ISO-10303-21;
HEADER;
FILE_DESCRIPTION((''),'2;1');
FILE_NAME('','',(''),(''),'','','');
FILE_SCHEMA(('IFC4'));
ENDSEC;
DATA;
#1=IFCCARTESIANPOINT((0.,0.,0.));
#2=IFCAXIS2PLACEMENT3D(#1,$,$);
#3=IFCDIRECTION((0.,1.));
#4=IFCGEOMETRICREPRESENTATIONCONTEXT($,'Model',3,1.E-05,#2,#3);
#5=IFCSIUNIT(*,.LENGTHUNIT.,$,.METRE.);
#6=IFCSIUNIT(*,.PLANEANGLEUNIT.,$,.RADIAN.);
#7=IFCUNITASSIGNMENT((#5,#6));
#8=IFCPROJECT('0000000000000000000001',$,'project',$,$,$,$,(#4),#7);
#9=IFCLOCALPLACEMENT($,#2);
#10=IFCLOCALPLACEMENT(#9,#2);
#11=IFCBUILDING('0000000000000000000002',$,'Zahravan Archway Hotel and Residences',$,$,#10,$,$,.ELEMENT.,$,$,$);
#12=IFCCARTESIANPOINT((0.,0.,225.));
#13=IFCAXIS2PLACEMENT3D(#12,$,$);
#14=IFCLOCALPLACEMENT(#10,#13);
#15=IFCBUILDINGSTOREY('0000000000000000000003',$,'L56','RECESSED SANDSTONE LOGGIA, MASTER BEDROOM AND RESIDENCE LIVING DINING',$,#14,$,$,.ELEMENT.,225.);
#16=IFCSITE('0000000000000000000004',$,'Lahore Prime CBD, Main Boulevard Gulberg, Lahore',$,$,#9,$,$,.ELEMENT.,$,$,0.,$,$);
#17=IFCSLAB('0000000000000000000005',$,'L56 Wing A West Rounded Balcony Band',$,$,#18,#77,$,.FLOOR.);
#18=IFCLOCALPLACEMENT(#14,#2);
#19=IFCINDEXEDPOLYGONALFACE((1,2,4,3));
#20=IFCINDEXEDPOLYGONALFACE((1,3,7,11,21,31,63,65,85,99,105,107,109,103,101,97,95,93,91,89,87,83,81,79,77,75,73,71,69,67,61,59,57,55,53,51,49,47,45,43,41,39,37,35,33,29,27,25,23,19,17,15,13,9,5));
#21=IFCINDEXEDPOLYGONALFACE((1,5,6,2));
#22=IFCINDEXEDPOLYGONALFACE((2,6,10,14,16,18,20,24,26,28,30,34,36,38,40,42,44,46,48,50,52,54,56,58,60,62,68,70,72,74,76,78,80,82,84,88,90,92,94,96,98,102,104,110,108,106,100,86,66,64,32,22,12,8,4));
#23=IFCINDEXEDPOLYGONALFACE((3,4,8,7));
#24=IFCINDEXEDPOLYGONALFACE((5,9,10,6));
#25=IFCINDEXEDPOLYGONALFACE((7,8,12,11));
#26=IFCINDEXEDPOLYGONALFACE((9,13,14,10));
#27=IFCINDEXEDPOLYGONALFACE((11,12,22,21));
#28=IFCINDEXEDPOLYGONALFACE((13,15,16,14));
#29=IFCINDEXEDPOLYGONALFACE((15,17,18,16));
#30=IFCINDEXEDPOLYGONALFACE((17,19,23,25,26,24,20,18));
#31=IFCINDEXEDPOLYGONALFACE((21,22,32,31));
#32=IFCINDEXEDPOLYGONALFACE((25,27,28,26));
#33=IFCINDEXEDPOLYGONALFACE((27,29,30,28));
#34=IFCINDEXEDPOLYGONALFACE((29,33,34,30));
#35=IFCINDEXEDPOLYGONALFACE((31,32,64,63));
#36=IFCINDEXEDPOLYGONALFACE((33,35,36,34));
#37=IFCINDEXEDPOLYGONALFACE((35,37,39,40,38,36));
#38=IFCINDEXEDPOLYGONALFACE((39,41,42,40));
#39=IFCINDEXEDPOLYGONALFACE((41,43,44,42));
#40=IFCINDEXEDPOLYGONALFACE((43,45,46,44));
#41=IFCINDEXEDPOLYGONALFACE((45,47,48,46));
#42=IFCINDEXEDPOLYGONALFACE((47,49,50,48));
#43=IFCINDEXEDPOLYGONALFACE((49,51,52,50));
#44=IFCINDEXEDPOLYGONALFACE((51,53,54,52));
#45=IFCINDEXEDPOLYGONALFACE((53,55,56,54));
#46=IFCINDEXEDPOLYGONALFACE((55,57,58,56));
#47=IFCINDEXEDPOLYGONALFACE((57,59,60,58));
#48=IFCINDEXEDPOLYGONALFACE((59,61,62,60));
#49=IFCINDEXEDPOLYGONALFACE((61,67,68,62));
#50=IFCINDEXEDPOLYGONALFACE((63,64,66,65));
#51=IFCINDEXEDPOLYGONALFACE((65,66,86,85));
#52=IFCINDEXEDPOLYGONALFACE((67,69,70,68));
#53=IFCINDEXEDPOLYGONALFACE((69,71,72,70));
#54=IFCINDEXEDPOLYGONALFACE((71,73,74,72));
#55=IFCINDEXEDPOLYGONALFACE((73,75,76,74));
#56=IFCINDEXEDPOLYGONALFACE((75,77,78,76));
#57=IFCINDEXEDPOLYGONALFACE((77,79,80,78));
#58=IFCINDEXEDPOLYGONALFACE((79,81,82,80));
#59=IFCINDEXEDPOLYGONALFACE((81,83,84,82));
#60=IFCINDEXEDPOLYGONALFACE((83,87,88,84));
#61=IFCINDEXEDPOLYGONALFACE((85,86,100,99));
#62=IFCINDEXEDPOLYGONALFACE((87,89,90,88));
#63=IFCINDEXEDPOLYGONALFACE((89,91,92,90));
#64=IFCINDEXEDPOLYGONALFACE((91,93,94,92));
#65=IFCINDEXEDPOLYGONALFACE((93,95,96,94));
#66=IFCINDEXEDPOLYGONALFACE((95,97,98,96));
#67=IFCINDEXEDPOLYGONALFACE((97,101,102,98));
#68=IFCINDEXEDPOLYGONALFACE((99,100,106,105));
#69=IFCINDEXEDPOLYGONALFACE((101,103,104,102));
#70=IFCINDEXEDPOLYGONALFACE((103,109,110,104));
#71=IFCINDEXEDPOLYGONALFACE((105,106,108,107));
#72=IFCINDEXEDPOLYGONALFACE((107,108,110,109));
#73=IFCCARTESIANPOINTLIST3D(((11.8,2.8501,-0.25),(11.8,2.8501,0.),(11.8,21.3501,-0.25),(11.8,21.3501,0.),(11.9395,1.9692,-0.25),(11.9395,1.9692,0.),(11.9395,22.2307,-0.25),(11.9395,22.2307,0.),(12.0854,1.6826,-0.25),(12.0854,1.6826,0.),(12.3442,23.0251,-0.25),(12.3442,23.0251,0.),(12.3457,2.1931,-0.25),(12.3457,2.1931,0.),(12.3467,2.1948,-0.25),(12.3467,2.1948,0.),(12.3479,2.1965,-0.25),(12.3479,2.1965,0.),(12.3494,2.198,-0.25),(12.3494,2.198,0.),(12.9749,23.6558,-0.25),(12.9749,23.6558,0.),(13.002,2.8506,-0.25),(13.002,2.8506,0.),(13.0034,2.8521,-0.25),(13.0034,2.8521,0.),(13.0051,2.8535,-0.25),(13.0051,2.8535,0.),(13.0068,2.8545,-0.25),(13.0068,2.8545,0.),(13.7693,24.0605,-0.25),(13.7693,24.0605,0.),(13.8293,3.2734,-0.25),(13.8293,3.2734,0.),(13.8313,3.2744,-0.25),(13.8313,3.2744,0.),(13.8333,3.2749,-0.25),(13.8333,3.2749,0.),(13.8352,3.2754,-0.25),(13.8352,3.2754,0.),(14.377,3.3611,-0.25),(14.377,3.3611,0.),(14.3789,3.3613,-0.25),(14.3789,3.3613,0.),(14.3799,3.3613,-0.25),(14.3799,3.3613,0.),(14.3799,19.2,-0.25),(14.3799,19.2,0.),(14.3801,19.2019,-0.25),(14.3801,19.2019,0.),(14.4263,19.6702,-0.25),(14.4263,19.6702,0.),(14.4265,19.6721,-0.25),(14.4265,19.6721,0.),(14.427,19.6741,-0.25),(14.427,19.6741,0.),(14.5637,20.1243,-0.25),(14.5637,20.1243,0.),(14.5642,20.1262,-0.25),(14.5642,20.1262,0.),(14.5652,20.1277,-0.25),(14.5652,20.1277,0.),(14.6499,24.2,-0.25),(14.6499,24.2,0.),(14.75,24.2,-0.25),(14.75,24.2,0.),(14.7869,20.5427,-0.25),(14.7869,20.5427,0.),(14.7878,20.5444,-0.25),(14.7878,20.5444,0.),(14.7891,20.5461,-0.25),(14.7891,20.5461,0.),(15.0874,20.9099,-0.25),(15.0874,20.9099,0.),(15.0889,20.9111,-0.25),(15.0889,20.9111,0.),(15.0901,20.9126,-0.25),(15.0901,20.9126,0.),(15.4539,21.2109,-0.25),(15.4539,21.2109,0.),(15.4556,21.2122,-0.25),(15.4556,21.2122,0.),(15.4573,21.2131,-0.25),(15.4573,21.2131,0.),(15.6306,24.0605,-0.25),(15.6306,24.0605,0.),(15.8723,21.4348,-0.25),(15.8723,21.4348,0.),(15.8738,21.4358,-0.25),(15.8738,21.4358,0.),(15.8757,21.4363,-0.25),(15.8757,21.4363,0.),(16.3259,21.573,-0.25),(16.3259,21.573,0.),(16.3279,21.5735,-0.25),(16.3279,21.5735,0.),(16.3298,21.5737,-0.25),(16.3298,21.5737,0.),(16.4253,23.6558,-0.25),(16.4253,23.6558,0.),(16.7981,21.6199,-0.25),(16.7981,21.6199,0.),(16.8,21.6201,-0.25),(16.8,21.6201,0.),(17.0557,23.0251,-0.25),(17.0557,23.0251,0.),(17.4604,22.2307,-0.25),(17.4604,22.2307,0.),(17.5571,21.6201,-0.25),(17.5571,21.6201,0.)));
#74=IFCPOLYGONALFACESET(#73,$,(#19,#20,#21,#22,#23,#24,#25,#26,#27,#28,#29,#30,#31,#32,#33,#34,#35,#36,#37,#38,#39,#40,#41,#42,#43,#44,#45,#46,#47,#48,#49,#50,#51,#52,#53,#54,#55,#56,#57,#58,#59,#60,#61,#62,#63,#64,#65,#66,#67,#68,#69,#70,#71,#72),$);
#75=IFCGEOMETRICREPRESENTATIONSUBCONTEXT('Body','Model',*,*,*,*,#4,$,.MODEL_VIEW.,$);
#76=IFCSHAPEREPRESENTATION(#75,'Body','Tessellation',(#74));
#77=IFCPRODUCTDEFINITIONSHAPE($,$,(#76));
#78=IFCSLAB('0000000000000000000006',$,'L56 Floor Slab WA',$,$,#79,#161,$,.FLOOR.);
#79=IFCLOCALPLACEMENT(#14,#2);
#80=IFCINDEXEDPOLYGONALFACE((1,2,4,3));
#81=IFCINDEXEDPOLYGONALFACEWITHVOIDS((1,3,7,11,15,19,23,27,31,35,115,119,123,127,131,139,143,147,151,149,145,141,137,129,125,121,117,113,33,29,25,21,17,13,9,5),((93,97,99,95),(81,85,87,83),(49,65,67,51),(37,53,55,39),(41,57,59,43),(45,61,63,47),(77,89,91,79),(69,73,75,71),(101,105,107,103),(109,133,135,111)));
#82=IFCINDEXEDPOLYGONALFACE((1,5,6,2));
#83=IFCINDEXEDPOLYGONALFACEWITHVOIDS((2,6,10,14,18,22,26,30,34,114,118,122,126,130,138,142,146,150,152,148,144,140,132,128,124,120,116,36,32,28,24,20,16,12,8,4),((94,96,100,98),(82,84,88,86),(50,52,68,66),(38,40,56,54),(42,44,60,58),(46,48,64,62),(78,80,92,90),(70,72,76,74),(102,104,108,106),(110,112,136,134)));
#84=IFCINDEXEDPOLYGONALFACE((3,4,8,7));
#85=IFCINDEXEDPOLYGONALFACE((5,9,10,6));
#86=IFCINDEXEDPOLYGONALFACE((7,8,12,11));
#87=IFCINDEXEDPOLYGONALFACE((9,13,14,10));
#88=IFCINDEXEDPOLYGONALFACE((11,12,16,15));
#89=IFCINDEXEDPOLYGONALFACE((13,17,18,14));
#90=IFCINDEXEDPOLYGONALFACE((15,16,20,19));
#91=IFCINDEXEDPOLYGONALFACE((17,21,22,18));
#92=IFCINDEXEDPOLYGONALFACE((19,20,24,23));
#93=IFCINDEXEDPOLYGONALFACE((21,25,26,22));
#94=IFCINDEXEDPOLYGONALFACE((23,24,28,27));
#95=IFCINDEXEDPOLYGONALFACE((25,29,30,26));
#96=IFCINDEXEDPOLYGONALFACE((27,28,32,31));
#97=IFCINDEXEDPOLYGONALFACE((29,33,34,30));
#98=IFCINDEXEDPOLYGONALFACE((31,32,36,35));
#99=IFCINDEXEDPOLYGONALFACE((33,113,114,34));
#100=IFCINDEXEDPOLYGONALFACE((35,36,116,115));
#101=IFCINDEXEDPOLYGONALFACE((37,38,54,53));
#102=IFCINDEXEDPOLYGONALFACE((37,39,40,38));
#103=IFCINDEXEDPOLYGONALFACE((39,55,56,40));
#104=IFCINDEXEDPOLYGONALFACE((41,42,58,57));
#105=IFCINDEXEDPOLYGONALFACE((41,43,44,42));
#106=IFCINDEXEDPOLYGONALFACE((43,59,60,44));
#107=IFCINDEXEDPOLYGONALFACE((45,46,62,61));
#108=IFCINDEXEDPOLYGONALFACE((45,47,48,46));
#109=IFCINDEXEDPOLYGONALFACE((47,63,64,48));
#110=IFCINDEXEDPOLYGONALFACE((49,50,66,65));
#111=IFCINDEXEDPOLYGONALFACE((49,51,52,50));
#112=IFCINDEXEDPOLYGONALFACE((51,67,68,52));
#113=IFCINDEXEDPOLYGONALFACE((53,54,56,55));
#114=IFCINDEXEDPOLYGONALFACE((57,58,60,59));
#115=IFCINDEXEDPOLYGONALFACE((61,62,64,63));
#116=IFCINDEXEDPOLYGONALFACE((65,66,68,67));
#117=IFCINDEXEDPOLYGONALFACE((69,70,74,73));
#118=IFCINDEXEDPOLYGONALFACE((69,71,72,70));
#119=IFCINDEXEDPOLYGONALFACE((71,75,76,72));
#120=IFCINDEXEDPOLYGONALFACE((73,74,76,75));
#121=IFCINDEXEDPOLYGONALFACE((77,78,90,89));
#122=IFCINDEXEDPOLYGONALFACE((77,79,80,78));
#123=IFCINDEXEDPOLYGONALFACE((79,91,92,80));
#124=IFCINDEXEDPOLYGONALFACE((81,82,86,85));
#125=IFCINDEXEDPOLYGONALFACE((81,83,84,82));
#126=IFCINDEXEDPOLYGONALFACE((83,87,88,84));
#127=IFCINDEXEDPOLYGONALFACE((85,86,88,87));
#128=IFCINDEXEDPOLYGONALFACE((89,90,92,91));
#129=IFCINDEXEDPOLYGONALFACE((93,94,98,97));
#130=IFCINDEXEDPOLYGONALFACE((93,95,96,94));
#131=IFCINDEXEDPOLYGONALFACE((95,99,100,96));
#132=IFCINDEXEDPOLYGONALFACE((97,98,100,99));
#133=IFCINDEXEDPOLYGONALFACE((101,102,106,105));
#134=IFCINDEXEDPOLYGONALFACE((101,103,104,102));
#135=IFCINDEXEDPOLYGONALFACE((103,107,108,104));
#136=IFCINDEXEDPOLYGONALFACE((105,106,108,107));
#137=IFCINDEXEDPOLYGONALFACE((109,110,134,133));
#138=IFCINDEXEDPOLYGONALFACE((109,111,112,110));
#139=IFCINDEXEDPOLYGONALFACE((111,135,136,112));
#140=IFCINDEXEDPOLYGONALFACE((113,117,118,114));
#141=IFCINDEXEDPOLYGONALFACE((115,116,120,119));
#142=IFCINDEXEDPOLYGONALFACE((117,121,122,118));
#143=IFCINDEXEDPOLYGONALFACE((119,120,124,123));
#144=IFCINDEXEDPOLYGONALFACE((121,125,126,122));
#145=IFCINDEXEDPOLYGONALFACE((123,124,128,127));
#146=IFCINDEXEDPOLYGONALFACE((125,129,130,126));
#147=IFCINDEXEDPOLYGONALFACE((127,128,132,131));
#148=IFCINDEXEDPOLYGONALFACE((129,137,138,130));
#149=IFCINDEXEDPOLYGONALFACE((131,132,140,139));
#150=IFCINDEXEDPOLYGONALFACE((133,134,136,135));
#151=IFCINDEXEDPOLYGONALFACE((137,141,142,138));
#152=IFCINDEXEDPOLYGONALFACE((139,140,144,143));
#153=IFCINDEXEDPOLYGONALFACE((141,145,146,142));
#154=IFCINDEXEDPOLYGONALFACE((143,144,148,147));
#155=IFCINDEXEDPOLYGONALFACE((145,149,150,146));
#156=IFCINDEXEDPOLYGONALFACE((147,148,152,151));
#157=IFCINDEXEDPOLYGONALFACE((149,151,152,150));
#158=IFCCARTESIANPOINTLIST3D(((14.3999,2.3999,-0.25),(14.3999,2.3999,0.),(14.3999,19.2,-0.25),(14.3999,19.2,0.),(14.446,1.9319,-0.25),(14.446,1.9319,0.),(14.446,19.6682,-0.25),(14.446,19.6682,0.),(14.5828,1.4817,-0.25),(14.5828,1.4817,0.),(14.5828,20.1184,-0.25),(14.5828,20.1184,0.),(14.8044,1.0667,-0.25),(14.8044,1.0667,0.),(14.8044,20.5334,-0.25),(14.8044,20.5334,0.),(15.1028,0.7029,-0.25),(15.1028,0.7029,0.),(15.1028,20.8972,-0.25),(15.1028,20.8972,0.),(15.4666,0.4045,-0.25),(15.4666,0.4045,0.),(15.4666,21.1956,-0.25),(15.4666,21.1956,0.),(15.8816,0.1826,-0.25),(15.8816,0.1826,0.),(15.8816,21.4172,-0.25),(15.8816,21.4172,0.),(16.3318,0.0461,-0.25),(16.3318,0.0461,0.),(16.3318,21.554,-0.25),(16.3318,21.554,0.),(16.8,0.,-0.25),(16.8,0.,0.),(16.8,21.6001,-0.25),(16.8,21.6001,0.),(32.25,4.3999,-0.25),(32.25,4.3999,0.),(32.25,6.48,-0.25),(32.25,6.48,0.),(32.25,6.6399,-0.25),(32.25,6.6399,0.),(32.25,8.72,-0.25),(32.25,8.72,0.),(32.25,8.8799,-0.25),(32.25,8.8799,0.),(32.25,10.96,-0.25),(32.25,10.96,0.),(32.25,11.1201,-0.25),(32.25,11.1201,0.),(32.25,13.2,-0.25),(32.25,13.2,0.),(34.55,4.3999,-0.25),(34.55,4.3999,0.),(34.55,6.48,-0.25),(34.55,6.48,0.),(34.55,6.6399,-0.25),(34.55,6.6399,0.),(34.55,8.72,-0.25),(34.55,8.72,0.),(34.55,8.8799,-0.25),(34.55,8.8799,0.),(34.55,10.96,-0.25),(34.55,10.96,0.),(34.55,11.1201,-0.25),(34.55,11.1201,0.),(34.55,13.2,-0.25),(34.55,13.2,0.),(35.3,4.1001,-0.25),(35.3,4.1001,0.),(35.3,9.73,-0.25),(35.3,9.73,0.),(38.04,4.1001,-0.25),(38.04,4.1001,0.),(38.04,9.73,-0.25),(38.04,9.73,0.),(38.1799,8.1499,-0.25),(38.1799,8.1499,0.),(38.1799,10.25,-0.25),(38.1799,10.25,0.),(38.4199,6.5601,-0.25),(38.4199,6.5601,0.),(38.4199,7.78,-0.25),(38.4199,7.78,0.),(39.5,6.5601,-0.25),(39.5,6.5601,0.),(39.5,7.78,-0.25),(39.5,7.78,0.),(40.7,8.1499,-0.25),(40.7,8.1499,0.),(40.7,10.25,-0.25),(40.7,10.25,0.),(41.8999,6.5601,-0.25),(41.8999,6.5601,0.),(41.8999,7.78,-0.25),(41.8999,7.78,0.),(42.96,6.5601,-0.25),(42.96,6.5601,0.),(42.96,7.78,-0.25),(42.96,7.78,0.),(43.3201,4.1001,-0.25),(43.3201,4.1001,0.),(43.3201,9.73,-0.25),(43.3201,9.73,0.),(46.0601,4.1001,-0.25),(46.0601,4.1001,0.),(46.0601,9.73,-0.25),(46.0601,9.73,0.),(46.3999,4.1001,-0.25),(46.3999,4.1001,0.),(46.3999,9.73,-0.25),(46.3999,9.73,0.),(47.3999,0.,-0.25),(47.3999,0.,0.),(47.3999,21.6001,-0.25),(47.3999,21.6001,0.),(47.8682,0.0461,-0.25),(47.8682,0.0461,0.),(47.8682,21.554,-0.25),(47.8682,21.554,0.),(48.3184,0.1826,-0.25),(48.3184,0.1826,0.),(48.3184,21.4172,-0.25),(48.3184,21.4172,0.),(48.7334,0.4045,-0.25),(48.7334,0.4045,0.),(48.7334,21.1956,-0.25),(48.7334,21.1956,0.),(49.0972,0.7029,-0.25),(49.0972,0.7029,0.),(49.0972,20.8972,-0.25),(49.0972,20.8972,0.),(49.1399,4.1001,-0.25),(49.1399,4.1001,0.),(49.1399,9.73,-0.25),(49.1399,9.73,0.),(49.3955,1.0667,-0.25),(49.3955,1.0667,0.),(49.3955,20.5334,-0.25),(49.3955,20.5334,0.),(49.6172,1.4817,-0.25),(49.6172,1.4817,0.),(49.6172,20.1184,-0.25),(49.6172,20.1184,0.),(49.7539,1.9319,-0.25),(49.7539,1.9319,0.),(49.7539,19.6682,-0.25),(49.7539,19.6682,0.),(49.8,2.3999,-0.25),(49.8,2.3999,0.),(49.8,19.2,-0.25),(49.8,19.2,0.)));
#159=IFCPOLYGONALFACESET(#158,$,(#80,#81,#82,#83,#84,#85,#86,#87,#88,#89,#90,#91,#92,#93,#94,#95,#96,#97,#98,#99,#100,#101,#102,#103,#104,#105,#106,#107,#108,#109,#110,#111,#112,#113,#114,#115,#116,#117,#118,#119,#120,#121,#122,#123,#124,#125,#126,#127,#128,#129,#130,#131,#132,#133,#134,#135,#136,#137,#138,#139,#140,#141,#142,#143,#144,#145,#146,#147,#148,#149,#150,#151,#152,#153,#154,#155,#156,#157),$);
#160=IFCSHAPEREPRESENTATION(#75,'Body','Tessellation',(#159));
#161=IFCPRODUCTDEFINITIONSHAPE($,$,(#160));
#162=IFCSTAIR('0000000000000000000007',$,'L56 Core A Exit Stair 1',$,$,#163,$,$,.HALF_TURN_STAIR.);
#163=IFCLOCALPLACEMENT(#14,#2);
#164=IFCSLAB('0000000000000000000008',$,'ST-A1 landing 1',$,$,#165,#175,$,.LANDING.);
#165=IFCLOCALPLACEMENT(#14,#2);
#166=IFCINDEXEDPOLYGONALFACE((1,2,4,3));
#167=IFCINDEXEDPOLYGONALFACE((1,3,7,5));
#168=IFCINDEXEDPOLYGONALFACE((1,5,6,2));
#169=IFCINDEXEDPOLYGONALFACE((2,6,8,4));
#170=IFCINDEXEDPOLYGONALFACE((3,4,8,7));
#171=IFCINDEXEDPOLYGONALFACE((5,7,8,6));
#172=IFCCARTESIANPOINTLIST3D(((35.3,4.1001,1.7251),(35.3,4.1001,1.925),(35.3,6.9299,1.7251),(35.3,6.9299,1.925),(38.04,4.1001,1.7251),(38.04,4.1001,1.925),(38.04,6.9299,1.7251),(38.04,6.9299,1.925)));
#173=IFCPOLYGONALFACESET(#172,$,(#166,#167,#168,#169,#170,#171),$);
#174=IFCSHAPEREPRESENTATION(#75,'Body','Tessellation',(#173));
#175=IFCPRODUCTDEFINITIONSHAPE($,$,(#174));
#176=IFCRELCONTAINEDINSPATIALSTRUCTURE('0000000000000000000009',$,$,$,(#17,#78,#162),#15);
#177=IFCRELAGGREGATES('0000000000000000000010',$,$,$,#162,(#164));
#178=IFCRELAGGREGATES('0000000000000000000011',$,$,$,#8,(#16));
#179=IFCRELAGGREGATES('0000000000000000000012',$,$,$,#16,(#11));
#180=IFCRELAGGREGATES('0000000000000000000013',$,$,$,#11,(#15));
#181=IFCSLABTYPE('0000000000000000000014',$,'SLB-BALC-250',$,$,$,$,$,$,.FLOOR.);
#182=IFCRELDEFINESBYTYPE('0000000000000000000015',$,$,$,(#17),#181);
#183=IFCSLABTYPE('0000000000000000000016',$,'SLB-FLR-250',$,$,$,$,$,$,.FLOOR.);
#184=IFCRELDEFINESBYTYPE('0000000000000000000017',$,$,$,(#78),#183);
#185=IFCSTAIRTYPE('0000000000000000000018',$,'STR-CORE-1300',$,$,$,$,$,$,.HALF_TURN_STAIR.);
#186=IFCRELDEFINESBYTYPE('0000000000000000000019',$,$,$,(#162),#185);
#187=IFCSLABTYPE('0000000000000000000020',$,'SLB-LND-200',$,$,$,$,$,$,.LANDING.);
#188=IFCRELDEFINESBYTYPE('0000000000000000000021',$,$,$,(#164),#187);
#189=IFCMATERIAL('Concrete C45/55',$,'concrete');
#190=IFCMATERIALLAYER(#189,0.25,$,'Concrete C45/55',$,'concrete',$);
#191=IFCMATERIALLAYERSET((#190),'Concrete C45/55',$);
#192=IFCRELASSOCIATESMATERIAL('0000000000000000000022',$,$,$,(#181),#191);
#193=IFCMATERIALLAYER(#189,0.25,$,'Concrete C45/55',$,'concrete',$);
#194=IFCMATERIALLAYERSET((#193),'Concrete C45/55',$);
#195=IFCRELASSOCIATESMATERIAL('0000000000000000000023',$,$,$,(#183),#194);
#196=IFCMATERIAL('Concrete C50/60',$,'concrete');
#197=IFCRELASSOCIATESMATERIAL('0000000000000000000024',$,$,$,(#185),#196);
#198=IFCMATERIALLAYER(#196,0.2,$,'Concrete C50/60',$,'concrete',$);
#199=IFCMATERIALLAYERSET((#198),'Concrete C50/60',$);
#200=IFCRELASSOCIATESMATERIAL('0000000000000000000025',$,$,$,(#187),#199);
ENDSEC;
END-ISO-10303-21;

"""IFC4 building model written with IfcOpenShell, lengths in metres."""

from ifc_helpers import new_model, si_unit, direction, frame, origin, place, context, subcontext, project, spatial, polyline, outline, extrude, material, layer, layer_set, type_object, element, aggregate, save


model = new_model("IFC4")

# Units and contexts
model_context = context("Model", 3, precision=1e-05, world=origin(), true_north=direction((0.0, 1.0)))
body_context = subcontext(model_context, "Body", "Model", "MODEL_VIEW")
ifc_project = project(units=[si_unit("LENGTHUNIT", "METRE"), si_unit("PLANEANGLEUNIT", "RADIAN")], contexts=[model_context])

# Site, building, storey
site_placement = place(None, origin())
site = spatial("IfcSite", under=ifc_project, at=site_placement, Name="Lahore Prime CBD, Main Boulevard Gulberg, Lahore", CompositionType="ELEMENT", RefElevation=0.0)
building_placement = place(site_placement, origin())
building = spatial("IfcBuilding", under=site, at=building_placement, Name="Zahravan Archway Hotel and Residences", CompositionType="ELEMENT")
storey_placement = place(building_placement, frame((0.0, 0.0, 225.0)))
storey = spatial("IfcBuildingStorey", under=building, at=storey_placement, Name="L56", Description="RECESSED SANDSTONE LOGGIA, MASTER BEDROOM AND RESIDENCE LIVING DINING", CompositionType="ELEMENT", Elevation=225.0)

# Slabs
ifc_material_1 = material(Name="Concrete C45/55", Category="concrete")
ifc_layer_1 = layer(ifc_material_1, 0.25, Name="Concrete C45/55", Category="concrete")
ifc_layer_set_1 = layer_set([ifc_layer_1], Name="Concrete C45/55")
slab_type_1 = type_object("IfcSlabType", Name="SLB-BALC-250", PredefinedType="FLOOR", material=ifc_layer_set_1)
slab_1_placement = place(storey_placement, frame((0.0, 0.0, -0.25)))
element("IfcSlab", 1, at=slab_1_placement, inside=storey, type_object=slab_type_1, Name="L56 Wing A West Rounded Balcony Band", PredefinedType="FLOOR", context=body_context, shape_type="SweptSolid", body=[
    extrude(outline(polyline([(11.9395, 1.9692), (11.8, 2.8501), (11.8, 21.3501), (11.9395, 22.2307), (12.3442, 23.0251), (12.9749, 23.6558), (13.7693, 24.0605), (14.6499, 24.2), (14.75, 24.2), (15.6306, 24.0605), (16.4253, 23.6558), (17.0557, 23.0251), (17.4604, 22.2307), (17.5571, 21.6201), (16.8, 21.6201), (16.7981, 21.6199), (16.3298, 21.5737), (16.3279, 21.5735), (16.3259, 21.573), (15.8757, 21.4363), (15.8738, 21.4358), (15.8723, 21.4348), (15.4573, 21.2131), (15.4556, 21.2122), (15.4539, 21.2109), (15.0901, 20.9126), (15.0889, 20.9111), (15.0874, 20.9099), (14.7891, 20.5461), (14.7878, 20.5444), (14.7869, 20.5427), (14.5652, 20.1277), (14.5642, 20.1262), (14.5637, 20.1243), (14.427, 19.6741), (14.4265, 19.6721), (14.4263, 19.6702), (14.3801, 19.2019), (14.3799, 19.2), (14.3799, 3.3613), (14.3789, 3.3613), (14.377, 3.3611), (13.8352, 3.2754), (13.8333, 3.2749), (13.8313, 3.2744), (13.8293, 3.2734), (13.0068, 2.8545), (13.0051, 2.8535), (13.0034, 2.8521), (13.002, 2.8506), (12.3494, 2.198), (12.3479, 2.1965), (12.3467, 2.1948), (12.3457, 2.1931), (12.0854, 1.6826), (11.9395, 1.9692)])), origin(), (0.0, 0.0, 1.0), 0.25),
])
ifc_layer_2 = layer(ifc_material_1, 0.25, Name="Concrete C45/55", Category="concrete")
ifc_layer_set_2 = layer_set([ifc_layer_2], Name="Concrete C45/55")
slab_type_2 = type_object("IfcSlabType", Name="SLB-FLR-250", PredefinedType="FLOOR", material=ifc_layer_set_2)
slab_2_placement = place(storey_placement, frame((0.0, 0.0, -0.25)))
element("IfcSlab", 2, at=slab_2_placement, inside=storey, type_object=slab_type_2, Name="L56 Floor Slab WA", PredefinedType="FLOOR", context=body_context, shape_type="SweptSolid", body=[
    extrude(outline(polyline([(47.3999, 0.0), (47.8682, 0.0461), (48.3184, 0.1826), (48.7334, 0.4045), (49.0972, 0.7029), (49.3955, 1.0667), (49.6172, 1.4817), (49.7539, 1.9319), (49.8, 2.3999), (49.8, 19.2), (49.7539, 19.6682), (49.6172, 20.1184), (49.3955, 20.5334), (49.0972, 20.8972), (48.7334, 21.1956), (48.3184, 21.4172), (47.8682, 21.554), (47.3999, 21.6001), (16.8, 21.6001), (16.3318, 21.554), (15.8816, 21.4172), (15.4666, 21.1956), (15.1028, 20.8972), (14.8044, 20.5334), (14.5828, 20.1184), (14.446, 19.6682), (14.3999, 19.2), (14.3999, 2.3999), (14.446, 1.9319), (14.5828, 1.4817), (14.8044, 1.0667), (15.1028, 0.7029), (15.4666, 0.4045), (15.8816, 0.1826), (16.3318, 0.0461), (16.8, 0.0), (47.3999, 0.0)]), holes=[polyline([(35.3, 9.73), (35.3, 4.1001), (38.04, 4.1001), (38.04, 9.73), (35.3, 9.73)]), polyline([(43.3201, 9.73), (43.3201, 4.1001), (46.0601, 4.1001), (46.0601, 9.73), (43.3201, 9.73)]), polyline([(46.3999, 9.73), (46.3999, 4.1001), (49.1399, 4.1001), (49.1399, 9.73), (46.3999, 9.73)]), polyline([(38.1799, 8.1499), (40.7, 8.1499), (40.7, 10.25), (38.1799, 10.25), (38.1799, 8.1499)]), polyline([(32.25, 4.3999), (34.55, 4.3999), (34.55, 6.48), (32.25, 6.48), (32.25, 4.3999)]), polyline([(32.25, 6.6399), (34.55, 6.6399), (34.55, 8.72), (32.25, 8.72), (32.25, 6.6399)]), polyline([(32.25, 8.8799), (34.55, 8.8799), (34.55, 10.96), (32.25, 10.96), (32.25, 8.8799)]), polyline([(32.25, 11.1201), (34.55, 11.1201), (34.55, 13.2), (32.25, 13.2), (32.25, 11.1201)]), polyline([(38.4199, 6.5601), (39.5, 6.5601), (39.5, 7.78), (38.4199, 7.78), (38.4199, 6.5601)]), polyline([(41.8999, 6.5601), (42.96, 6.5601), (42.96, 7.78), (41.8999, 7.78), (41.8999, 6.5601)])]), origin(), (0.0, 0.0, 1.0), 0.25),
])

# Stair, slab
ifc_material_2 = material(Name="Concrete C50/60", Category="concrete")
stair_type = type_object("IfcStairType", Name="STR-CORE-1300", PredefinedType="HALF_TURN_STAIR", material=ifc_material_2)
stair_1_placement = place(storey_placement, origin())
stair_1 = element("IfcStair", 3, at=stair_1_placement, inside=storey, type_object=stair_type, Name="L56 Core A Exit Stair 1", PredefinedType="HALF_TURN_STAIR")
ifc_layer_3 = layer(ifc_material_2, 0.2, Name="Concrete C50/60", Category="concrete")
ifc_layer_set_3 = layer_set([ifc_layer_3], Name="Concrete C50/60")
slab_type_3 = type_object("IfcSlabType", Name="SLB-LND-200", PredefinedType="LANDING", material=ifc_layer_set_3)
slab_3_placement = place(storey_placement, frame((0.0, 0.0, 1.7251)))
slab_3 = element("IfcSlab", 4, at=slab_3_placement, type_object=slab_type_3, Name="ST-A1 landing 1", PredefinedType="LANDING", context=body_context, shape_type="SweptSolid", body=[
    extrude(outline(polyline([(35.3, 6.9299), (35.3, 4.1001), (38.04, 4.1001), (38.04, 6.9299), (35.3, 6.9299)])), origin(), (0.0, 0.0, 1.0), 0.2),
])
aggregate(stair_1, [slab_3])

save(model, "model.ifc")
